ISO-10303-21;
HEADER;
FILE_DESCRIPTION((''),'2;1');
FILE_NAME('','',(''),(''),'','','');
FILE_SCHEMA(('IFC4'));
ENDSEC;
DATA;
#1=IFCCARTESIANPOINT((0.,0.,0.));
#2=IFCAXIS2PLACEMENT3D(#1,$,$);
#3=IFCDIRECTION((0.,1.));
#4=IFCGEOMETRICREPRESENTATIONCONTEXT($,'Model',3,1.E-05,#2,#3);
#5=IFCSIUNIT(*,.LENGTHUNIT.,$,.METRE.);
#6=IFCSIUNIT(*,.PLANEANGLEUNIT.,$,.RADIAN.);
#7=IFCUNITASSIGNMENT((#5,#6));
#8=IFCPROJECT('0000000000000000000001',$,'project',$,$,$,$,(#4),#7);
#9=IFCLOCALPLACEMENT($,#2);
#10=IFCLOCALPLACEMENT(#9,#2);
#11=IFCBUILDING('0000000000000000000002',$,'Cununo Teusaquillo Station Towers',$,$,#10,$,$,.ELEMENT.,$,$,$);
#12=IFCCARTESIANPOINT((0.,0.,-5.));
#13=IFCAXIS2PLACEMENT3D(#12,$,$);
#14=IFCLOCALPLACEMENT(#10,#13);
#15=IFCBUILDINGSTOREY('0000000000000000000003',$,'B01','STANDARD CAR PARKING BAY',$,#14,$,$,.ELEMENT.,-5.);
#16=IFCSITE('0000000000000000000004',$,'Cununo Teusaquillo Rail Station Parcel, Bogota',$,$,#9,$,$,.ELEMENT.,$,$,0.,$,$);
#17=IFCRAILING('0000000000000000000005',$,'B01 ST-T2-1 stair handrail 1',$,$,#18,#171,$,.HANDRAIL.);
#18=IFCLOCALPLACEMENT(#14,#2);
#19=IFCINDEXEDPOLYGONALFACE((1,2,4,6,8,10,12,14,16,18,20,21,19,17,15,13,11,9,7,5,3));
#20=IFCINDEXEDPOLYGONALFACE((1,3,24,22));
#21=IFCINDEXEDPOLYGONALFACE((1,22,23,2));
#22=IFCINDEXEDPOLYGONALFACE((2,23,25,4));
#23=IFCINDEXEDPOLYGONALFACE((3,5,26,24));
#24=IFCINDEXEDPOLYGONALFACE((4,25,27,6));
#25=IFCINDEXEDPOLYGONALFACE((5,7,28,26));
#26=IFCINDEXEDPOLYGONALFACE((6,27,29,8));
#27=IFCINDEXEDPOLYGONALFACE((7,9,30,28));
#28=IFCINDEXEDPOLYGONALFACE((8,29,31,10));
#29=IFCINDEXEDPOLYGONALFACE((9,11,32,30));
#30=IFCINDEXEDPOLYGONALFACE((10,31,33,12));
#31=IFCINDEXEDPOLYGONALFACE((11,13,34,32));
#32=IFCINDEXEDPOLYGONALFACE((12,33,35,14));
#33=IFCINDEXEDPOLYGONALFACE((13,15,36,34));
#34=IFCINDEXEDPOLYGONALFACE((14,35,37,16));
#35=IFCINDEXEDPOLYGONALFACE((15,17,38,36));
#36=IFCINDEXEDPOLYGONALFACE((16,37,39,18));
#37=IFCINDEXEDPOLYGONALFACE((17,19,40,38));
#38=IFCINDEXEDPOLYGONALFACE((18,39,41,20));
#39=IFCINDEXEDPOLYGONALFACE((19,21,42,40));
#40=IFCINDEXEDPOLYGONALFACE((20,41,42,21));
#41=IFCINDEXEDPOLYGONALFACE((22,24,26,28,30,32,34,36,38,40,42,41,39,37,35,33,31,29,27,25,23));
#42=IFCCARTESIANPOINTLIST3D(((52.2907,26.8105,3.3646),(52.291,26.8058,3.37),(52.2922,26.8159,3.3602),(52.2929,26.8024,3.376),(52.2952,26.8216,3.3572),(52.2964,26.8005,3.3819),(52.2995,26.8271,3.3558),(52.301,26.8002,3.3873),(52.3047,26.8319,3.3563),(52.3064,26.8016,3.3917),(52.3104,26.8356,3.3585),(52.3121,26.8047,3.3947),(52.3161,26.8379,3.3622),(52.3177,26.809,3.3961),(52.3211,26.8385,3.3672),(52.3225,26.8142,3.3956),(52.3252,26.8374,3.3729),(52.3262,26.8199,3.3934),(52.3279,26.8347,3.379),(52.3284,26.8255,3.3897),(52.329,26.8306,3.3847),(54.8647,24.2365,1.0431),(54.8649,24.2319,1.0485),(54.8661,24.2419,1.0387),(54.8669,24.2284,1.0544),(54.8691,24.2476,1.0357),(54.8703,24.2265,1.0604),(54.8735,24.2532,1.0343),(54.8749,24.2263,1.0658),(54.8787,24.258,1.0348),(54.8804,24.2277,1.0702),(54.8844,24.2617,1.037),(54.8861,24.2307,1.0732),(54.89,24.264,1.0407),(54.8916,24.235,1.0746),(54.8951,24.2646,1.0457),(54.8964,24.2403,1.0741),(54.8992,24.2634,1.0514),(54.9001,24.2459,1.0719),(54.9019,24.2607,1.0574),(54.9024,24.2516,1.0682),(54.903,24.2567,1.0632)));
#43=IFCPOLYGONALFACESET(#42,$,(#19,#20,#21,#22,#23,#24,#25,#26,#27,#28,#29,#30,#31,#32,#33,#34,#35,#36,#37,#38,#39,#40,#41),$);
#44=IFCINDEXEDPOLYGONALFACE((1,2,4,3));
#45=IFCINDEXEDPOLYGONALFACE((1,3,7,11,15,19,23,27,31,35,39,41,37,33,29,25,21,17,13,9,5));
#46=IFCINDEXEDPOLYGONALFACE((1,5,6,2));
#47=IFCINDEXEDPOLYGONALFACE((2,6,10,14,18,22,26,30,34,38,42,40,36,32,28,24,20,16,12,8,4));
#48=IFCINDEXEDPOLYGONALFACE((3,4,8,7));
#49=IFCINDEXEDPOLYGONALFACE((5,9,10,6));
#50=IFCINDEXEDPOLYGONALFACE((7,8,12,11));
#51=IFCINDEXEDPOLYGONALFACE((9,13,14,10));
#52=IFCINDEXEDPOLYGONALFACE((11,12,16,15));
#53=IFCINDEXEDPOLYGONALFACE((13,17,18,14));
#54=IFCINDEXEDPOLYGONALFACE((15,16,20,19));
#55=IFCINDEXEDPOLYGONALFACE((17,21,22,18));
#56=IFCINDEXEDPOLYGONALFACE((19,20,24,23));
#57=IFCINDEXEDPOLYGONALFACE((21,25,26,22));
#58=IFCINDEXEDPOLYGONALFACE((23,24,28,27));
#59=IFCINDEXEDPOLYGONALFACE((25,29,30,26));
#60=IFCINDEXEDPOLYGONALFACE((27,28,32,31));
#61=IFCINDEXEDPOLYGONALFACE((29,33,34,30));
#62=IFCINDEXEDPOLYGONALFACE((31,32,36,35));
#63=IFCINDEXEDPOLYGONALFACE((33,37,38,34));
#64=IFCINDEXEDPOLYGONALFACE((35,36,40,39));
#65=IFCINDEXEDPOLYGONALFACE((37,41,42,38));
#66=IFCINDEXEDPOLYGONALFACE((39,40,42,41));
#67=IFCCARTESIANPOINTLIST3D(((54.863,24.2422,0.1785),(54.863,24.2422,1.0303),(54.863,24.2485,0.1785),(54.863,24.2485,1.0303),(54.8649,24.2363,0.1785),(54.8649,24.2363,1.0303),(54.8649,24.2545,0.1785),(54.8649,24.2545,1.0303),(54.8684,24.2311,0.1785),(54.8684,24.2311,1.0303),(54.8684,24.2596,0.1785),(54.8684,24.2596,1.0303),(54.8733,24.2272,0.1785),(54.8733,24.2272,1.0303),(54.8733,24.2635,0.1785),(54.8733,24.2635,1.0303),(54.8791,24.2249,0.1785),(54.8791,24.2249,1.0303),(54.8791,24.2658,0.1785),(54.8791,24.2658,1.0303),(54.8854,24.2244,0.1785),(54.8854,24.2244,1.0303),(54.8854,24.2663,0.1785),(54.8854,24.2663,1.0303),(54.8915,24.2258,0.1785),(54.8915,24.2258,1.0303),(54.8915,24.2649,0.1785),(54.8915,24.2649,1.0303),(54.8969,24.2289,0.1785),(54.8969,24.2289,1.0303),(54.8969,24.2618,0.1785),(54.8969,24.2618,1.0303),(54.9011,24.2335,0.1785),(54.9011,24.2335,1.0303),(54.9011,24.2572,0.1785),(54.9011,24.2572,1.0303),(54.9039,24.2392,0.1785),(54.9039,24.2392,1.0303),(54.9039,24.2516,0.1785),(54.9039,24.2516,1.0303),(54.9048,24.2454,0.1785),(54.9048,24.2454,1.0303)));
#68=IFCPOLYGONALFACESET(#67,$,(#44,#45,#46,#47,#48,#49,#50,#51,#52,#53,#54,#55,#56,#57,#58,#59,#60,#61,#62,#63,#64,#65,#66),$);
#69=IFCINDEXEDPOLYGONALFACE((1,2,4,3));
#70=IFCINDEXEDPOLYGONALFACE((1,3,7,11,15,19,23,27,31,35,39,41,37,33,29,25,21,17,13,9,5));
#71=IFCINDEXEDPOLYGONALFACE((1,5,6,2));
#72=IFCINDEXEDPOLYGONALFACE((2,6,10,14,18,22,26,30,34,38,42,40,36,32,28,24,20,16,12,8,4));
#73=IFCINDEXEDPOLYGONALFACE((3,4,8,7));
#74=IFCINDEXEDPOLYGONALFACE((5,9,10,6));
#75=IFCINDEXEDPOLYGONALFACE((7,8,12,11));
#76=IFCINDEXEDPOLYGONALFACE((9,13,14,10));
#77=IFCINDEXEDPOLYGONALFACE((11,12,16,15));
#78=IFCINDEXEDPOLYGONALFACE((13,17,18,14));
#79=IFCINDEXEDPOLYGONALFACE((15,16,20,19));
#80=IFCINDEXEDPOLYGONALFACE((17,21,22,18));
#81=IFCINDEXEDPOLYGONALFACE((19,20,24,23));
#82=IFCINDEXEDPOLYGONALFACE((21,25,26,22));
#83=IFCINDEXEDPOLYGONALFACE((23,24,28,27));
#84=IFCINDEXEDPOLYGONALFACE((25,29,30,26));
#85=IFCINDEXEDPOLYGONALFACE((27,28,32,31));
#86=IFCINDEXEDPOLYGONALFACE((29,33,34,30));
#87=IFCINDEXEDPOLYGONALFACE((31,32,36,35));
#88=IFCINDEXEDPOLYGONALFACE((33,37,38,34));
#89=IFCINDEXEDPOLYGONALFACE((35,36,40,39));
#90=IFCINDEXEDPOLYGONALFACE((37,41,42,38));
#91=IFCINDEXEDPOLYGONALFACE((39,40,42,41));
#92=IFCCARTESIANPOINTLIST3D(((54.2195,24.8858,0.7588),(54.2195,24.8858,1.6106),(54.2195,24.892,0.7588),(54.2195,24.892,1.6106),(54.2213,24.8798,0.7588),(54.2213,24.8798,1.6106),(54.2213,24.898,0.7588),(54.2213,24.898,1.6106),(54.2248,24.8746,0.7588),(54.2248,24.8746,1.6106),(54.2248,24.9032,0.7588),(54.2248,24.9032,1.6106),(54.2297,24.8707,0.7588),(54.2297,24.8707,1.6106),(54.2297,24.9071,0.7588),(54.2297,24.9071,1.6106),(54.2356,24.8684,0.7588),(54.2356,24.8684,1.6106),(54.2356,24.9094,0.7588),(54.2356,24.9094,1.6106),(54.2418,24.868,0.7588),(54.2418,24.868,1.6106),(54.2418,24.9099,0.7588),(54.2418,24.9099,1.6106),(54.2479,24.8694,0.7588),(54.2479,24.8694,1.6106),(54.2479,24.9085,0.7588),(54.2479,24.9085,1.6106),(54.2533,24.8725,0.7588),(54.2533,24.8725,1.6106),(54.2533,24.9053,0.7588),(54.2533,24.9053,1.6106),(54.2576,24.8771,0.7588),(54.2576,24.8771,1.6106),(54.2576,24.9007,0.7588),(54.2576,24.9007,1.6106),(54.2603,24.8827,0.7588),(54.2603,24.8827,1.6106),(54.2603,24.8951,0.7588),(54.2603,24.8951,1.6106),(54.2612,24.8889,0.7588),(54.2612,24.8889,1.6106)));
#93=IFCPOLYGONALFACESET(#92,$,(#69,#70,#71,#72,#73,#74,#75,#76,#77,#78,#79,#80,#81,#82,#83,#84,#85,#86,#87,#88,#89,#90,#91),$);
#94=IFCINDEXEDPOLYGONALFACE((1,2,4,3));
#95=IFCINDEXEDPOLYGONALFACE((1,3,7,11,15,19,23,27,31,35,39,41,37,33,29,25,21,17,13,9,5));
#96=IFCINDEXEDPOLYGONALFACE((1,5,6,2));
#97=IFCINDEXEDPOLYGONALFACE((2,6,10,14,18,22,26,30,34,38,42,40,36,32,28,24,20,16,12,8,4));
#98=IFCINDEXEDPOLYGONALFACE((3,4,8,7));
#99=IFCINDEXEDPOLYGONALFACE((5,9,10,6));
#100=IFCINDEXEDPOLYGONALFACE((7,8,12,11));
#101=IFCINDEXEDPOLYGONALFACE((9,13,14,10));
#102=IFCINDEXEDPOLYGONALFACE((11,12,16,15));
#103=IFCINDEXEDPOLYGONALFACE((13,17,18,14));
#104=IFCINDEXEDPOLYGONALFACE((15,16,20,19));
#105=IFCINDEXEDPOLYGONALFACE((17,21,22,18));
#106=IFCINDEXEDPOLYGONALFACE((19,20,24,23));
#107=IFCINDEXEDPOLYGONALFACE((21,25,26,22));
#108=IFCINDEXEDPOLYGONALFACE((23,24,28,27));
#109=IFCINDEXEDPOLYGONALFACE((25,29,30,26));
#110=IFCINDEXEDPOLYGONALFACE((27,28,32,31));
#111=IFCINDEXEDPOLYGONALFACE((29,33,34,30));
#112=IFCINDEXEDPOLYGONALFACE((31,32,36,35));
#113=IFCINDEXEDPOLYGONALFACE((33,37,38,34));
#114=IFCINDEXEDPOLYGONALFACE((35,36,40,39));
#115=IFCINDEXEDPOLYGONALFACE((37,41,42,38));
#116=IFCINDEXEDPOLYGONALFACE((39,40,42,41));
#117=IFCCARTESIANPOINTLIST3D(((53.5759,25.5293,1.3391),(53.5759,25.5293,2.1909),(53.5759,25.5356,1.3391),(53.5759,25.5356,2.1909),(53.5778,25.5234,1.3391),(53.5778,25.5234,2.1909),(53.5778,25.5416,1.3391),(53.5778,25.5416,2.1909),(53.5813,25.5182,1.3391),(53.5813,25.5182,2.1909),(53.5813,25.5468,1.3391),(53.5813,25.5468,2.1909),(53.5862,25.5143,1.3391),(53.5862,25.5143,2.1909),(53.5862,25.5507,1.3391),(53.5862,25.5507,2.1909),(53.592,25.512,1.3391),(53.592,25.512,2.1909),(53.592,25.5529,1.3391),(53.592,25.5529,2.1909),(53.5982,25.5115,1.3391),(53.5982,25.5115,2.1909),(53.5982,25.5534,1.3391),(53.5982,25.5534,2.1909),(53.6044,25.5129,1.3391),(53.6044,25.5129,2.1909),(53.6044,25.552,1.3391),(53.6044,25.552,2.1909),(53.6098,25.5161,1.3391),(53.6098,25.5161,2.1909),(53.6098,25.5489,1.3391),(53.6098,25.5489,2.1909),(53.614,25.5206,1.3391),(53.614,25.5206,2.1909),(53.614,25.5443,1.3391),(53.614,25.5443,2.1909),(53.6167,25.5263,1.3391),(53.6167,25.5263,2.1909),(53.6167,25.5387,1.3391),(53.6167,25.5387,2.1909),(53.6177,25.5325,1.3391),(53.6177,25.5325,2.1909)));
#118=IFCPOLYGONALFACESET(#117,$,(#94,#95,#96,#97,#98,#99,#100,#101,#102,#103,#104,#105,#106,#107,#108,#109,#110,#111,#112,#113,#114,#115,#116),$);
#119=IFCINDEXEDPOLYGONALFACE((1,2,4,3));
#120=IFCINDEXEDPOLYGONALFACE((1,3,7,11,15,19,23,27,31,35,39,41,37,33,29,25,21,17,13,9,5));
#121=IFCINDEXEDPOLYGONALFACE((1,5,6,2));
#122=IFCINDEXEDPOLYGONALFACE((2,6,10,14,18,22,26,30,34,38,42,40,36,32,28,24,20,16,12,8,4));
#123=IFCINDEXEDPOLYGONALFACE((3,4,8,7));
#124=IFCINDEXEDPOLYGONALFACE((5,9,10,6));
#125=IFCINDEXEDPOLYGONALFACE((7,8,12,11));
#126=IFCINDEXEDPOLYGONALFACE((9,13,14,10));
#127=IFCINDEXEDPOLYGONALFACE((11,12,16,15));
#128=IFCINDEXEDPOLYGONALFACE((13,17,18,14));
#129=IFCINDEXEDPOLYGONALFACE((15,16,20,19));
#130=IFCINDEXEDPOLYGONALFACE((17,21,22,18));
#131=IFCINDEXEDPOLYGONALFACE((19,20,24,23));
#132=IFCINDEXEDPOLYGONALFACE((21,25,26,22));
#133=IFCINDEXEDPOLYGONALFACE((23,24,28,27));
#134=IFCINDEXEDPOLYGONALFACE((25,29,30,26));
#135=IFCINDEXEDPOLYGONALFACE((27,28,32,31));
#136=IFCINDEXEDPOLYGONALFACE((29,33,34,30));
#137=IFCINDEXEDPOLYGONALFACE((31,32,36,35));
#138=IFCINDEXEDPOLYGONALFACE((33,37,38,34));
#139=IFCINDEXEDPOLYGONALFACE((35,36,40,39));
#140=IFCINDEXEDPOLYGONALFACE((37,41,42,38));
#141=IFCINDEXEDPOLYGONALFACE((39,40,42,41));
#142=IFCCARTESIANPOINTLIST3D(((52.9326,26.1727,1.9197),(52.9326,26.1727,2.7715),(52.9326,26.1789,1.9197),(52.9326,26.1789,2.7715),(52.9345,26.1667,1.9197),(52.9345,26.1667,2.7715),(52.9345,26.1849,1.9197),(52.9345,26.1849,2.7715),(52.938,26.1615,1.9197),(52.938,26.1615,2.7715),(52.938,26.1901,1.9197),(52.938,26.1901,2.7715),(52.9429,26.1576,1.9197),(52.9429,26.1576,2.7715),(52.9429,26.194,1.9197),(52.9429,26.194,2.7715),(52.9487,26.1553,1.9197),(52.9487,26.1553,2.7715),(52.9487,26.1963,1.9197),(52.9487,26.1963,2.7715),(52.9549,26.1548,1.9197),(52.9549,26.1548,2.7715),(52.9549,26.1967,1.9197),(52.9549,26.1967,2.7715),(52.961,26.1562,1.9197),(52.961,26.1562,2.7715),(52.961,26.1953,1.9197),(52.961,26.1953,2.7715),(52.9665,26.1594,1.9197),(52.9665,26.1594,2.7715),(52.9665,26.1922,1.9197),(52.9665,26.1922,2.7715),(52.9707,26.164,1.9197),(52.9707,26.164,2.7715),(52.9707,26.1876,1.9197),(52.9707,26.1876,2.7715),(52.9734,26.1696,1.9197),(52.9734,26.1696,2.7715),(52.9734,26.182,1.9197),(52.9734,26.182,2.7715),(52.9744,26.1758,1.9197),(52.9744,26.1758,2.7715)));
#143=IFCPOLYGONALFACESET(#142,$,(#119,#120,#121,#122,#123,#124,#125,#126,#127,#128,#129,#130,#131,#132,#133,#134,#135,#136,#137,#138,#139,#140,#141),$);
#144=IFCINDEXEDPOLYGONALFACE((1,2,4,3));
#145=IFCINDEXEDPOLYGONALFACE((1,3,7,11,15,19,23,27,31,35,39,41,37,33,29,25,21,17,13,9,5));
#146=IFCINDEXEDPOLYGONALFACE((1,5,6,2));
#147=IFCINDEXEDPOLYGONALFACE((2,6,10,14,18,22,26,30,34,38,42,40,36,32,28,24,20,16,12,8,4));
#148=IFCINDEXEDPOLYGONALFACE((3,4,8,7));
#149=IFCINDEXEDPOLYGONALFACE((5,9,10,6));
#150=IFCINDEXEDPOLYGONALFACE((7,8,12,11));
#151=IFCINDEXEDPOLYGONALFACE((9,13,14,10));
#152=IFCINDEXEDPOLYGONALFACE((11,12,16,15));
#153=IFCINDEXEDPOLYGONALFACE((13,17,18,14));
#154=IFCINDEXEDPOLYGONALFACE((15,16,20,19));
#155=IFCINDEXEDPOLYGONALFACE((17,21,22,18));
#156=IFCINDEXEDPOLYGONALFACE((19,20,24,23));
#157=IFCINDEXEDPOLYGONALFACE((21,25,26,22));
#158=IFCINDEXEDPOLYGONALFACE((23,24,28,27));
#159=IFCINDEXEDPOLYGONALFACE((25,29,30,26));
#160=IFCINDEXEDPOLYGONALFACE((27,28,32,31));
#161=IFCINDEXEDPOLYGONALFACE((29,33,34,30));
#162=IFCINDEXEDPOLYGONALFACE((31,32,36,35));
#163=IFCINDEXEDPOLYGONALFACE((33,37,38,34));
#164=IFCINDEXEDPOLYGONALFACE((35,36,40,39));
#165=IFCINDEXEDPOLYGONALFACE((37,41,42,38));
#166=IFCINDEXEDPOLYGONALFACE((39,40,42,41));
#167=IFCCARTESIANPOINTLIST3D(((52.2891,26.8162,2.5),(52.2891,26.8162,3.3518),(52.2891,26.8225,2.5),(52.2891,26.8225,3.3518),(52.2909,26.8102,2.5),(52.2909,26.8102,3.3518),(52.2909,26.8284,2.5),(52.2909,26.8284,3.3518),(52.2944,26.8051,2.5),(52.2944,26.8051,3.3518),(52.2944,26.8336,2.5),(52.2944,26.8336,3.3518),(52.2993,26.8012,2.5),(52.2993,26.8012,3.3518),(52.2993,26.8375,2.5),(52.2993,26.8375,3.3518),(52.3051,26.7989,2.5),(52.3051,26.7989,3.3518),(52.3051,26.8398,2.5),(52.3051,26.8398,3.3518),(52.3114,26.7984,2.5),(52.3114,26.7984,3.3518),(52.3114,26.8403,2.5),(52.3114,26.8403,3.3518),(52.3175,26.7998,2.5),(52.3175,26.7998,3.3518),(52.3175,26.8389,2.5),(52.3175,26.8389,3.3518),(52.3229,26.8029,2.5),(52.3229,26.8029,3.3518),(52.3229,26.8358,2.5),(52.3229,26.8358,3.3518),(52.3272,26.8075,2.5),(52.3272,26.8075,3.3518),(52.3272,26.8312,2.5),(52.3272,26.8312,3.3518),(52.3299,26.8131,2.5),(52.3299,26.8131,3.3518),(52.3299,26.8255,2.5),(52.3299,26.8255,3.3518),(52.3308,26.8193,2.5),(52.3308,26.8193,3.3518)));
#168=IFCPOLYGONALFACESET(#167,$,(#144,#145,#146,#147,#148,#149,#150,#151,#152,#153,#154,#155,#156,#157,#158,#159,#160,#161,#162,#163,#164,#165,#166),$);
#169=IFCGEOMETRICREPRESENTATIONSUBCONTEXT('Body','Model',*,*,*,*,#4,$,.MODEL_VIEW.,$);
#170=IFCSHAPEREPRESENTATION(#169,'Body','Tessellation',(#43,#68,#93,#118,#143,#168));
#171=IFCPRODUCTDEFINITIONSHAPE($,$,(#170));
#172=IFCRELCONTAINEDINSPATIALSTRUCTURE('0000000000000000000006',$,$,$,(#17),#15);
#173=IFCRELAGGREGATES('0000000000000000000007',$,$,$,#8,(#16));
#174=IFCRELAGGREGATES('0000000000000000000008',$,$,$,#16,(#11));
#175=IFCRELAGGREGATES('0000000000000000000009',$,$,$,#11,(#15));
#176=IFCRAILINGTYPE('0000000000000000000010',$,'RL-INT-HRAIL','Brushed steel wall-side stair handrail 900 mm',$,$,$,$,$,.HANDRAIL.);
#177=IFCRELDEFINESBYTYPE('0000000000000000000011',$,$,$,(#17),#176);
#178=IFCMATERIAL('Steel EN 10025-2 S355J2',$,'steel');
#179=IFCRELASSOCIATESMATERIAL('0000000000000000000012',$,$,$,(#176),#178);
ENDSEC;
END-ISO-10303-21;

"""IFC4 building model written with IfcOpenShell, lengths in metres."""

from ifc_helpers import new_model, si_unit, direction, frame, origin, origin_2d, place, context, subcontext, project, spatial, circle, extrude, material, type_object, element, save


model = new_model("IFC4")

# Units and contexts
model_context = context("Model", 3, precision=1e-05, world=origin(), true_north=direction((0.0, 1.0)))
body_context = subcontext(model_context, "Body", "Model", "MODEL_VIEW")
ifc_project = project(units=[si_unit("LENGTHUNIT", "METRE"), si_unit("PLANEANGLEUNIT", "RADIAN")], contexts=[model_context])

# Site, building, storey
site_placement = place(None, origin())
site = spatial("IfcSite", under=ifc_project, at=site_placement, Name="Cununo Teusaquillo Rail Station Parcel, Bogota", CompositionType="ELEMENT", RefElevation=0.0)
building_placement = place(site_placement, origin())
building = spatial("IfcBuilding", under=site, at=building_placement, Name="Cununo Teusaquillo Station Towers", CompositionType="ELEMENT")
storey_placement = place(building_placement, frame((0.0, 0.0, -5.0)))
storey = spatial("IfcBuildingStorey", under=building, at=storey_placement, Name="B01", Description="STANDARD CAR PARKING BAY", CompositionType="ELEMENT", Elevation=-5.0)

# Railing
ifc_material_1 = material(Name="Steel EN 10025-2 S355J2", Category="steel")
railing_type_1 = type_object("IfcRailingType", Name="RL-INT-HRAIL", Description="Brushed steel wall-side stair handrail 900 mm", PredefinedType="HANDRAIL", material=ifc_material_1)
railing_1_placement = place(storey_placement, frame((54.8838, 24.2454, 0.1785)))
element("IfcRailing", 1, at=railing_1_placement, inside=storey, type_object=railing_type_1, Name="B01 ST-T2-1 stair handrail 1", PredefinedType="HANDRAIL", context=body_context, shape_type="SweptSolid", body=[
    extrude(circle(Radius=0.0239, at=origin_2d()), frame((0.0, 0.0, 0.876), z_axis=(-0.596182, 0.596182, 0.537712), x_axis=(-0.707107, -0.707107, 0.0)), (0.0, 0.0, 1.0), 4.3174),
    extrude(circle(Radius=0.021, at=origin_2d()), origin(), (0.0, 0.0, 1.0), 0.8518),
    extrude(circle(Radius=0.021, at=origin_2d()), frame((-0.6436, 0.6436, 0.5803)), (0.0, 0.0, 1.0), 0.8518),
    extrude(circle(Radius=0.021, at=origin_2d()), frame((-1.2871, 1.2871, 1.1606)), (0.0, 0.0, 1.0), 0.8518),
    extrude(circle(Radius=0.021, at=origin_2d()), frame((-1.9304, 1.9304, 1.7412)), (0.0, 0.0, 1.0), 0.8518),
    extrude(circle(Radius=0.021, at=origin_2d()), frame((-2.574, 2.574, 2.3215)), (0.0, 0.0, 1.0), 0.8518),
])

save(model, "model.ifc")
